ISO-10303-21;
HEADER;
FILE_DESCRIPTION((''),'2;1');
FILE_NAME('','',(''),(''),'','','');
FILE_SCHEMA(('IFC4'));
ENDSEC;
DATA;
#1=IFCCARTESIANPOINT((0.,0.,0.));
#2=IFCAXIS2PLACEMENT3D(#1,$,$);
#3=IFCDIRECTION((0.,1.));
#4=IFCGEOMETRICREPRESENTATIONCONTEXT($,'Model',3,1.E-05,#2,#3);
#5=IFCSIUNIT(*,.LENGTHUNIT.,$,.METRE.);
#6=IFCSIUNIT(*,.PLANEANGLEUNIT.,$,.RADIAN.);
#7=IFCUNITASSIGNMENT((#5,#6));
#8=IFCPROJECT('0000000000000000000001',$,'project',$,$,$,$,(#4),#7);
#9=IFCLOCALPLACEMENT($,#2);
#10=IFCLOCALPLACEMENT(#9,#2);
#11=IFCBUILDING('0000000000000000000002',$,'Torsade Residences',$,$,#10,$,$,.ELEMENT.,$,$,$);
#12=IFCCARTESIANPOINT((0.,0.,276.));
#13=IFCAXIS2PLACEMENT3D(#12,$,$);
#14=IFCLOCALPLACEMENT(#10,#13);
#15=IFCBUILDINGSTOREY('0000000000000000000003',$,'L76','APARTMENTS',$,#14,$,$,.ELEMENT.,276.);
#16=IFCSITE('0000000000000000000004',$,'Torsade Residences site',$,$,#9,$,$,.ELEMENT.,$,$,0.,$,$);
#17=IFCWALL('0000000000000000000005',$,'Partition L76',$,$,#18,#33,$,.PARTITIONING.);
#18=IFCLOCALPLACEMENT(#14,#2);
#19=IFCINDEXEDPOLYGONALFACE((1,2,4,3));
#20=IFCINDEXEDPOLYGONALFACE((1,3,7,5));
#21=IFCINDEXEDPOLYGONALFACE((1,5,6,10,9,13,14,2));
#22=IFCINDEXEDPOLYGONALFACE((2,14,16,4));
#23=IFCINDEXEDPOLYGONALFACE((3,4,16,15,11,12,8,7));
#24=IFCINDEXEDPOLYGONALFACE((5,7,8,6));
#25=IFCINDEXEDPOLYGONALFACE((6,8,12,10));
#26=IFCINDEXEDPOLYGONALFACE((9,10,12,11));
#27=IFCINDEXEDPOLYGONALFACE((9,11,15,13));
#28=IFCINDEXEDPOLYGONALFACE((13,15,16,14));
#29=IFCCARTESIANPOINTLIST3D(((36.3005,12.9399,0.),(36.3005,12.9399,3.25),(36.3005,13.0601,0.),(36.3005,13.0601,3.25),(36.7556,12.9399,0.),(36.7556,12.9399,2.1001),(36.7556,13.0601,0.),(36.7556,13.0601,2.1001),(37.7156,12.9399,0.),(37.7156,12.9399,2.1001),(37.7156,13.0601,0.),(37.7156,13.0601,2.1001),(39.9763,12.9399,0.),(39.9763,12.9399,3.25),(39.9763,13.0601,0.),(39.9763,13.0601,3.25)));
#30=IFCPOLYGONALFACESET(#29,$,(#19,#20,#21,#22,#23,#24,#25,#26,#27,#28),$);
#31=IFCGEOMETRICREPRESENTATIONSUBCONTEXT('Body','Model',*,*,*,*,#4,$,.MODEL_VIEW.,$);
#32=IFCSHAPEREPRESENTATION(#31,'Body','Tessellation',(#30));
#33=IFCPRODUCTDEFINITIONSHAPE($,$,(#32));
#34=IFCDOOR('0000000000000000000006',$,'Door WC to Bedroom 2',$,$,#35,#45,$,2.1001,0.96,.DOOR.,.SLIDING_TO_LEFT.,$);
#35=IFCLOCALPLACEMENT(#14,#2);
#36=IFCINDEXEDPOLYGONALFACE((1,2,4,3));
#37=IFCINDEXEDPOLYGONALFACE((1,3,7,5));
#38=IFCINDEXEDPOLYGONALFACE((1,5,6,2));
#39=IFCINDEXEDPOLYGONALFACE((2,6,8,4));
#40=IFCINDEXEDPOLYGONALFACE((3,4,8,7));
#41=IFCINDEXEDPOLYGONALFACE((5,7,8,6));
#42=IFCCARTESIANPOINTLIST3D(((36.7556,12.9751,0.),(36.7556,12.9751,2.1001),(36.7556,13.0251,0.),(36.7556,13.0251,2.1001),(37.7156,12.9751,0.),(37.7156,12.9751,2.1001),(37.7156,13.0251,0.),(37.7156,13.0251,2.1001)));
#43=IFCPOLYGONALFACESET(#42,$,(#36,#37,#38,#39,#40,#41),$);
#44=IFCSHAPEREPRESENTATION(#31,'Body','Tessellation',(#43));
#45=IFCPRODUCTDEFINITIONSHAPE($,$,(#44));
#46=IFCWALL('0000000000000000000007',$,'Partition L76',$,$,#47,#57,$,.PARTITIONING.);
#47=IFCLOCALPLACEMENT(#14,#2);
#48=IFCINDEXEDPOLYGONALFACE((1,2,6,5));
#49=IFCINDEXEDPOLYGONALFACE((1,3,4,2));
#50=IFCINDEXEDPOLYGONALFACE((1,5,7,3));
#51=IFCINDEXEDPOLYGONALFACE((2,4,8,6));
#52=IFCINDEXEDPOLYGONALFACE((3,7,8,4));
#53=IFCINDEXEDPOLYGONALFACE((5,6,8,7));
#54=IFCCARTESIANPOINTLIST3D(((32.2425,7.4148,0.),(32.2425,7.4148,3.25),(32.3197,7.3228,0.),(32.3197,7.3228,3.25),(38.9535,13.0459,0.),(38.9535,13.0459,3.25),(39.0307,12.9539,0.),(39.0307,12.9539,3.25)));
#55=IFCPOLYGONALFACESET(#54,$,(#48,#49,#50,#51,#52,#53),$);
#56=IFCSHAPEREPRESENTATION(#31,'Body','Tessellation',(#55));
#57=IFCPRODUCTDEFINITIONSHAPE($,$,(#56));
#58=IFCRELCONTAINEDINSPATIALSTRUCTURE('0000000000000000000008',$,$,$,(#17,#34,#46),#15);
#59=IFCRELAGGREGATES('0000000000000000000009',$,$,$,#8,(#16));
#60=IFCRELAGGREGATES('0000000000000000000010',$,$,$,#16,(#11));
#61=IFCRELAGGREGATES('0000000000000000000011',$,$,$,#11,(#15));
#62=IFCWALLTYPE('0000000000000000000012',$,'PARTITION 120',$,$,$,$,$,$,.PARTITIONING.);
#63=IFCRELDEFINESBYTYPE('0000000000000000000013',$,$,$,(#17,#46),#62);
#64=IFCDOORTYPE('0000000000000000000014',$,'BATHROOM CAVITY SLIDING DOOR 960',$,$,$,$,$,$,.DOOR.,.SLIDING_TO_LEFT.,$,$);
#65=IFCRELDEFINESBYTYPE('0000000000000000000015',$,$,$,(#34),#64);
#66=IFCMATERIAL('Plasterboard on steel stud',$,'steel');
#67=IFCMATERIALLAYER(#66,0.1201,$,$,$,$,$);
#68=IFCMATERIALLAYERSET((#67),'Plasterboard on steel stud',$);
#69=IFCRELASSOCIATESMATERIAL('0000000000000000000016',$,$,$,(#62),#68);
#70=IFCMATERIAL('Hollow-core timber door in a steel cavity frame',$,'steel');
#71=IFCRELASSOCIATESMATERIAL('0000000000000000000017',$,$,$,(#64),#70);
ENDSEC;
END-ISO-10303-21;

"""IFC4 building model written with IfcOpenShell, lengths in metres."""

from ifc_helpers import new_model, si_unit, direction, frame, frame_2d, origin, place, context, subcontext, project, spatial, rectangle, extrude, material, layer, layer_set, type_object, element, fill, save


model = new_model("IFC4")

# Units and contexts
model_context = context("Model", 3, precision=1e-05, world=origin(), true_north=direction((0.0, 1.0)))
body_context = subcontext(model_context, "Body", "Model", "MODEL_VIEW")
ifc_project = project(units=[si_unit("LENGTHUNIT", "METRE"), si_unit("PLANEANGLEUNIT", "RADIAN")], contexts=[model_context])

# Site, building, storey
site_placement = place(None, origin())
site = spatial("IfcSite", under=ifc_project, at=site_placement, Name="Torsade Residences site", CompositionType="ELEMENT", RefElevation=0.0)
building_placement = place(site_placement, origin())
building = spatial("IfcBuilding", under=site, at=building_placement, Name="Torsade Residences", CompositionType="ELEMENT")
storey_placement = place(building_placement, frame((0.0, 0.0, 276.0)))
storey = spatial("IfcBuildingStorey", under=building, at=storey_placement, Name="L76", Description="APARTMENTS", CompositionType="ELEMENT", Elevation=276.0)

# Wall, opening, door
ifc_material_1 = material(Name="Plasterboard on steel stud", Category="steel")
ifc_layer_1 = layer(ifc_material_1, 0.1201)
ifc_layer_set_1 = layer_set([ifc_layer_1], Name="Plasterboard on steel stud")
wall_type = type_object("IfcWallType", Name="PARTITION 120", PredefinedType="PARTITIONING", material=ifc_layer_set_1)
wall_1_placement = place(storey_placement, frame((39.9763, 13.0, 0.0), z_axis=(0.0, 0.0, 1.0), x_axis=(-1.0, 0.0, 0.0)))
wall_1 = element("IfcWall", 1, at=wall_1_placement, inside=storey, type_object=wall_type, Name="Partition L76", PredefinedType="PARTITIONING", context=body_context, shape_type="SweptSolid", body=[
    extrude(rectangle(XDim=3.6758, YDim=0.1201, at=frame_2d((1.8379, 0.0))), origin(), (0.0, 0.0, 1.0), 3.25),
])
opening_placement = place(wall_1_placement, frame((2.2607, 0.0, 0.0)))
opening = element("IfcOpeningElement", 2, at=opening_placement, cuts=wall_1, PredefinedType="OPENING", context=body_context, shape_type="SweptSolid", body=[
    extrude(rectangle(XDim=0.96, YDim=2.1001, at=frame_2d((0.48, 1.05))), frame((0.0, 0.0701, 0.0), z_axis=(0.0, -1.0, 0.0), x_axis=(1.0, 0.0, 0.0)), (0.0, 0.0, 1.0), 0.1401),
])
ifc_material_2 = material(Name="Hollow-core timber door in a steel cavity frame", Category="steel")
door_type = type_object("IfcDoorType", Name="BATHROOM CAVITY SLIDING DOOR 960", OperationType="SLIDING_TO_LEFT", PredefinedType="DOOR", material=ifc_material_2)
door_placement = place(opening_placement, origin())
door = element("IfcDoor", 3, at=door_placement, inside=storey, type_object=door_type, Name="Door WC to Bedroom 2", OperationType="SLIDING_TO_LEFT", OverallHeight=2.1001, OverallWidth=0.96, PredefinedType="DOOR", context=body_context, shape_type="SweptSolid", body=[
    extrude(rectangle(XDim=0.96, YDim=2.1001, at=frame_2d((0.48, 1.05))), frame((0.0, 0.0249, 0.0), z_axis=(0.0, -1.0, 0.0), x_axis=(1.0, 0.0, 0.0)), (0.0, 0.0, 1.0), 0.05),
])
fill(opening, door)

# Wall
wall_2_placement = place(storey_placement, frame((38.9922, 13.0, 0.0), z_axis=(0.0, 0.0, 1.0), x_axis=(-0.766047, -0.642785, 0.0)))
element("IfcWall", 4, at=wall_2_placement, inside=storey, type_object=wall_type, Name="Partition L76", PredefinedType="PARTITIONING", context=body_context, shape_type="SweptSolid", body=[
    extrude(rectangle(XDim=8.7605, YDim=0.1201, at=frame_2d((4.3804, 0.0))), origin(), (0.0, 0.0, 1.0), 3.25),
])

save(model, "model.ifc")
